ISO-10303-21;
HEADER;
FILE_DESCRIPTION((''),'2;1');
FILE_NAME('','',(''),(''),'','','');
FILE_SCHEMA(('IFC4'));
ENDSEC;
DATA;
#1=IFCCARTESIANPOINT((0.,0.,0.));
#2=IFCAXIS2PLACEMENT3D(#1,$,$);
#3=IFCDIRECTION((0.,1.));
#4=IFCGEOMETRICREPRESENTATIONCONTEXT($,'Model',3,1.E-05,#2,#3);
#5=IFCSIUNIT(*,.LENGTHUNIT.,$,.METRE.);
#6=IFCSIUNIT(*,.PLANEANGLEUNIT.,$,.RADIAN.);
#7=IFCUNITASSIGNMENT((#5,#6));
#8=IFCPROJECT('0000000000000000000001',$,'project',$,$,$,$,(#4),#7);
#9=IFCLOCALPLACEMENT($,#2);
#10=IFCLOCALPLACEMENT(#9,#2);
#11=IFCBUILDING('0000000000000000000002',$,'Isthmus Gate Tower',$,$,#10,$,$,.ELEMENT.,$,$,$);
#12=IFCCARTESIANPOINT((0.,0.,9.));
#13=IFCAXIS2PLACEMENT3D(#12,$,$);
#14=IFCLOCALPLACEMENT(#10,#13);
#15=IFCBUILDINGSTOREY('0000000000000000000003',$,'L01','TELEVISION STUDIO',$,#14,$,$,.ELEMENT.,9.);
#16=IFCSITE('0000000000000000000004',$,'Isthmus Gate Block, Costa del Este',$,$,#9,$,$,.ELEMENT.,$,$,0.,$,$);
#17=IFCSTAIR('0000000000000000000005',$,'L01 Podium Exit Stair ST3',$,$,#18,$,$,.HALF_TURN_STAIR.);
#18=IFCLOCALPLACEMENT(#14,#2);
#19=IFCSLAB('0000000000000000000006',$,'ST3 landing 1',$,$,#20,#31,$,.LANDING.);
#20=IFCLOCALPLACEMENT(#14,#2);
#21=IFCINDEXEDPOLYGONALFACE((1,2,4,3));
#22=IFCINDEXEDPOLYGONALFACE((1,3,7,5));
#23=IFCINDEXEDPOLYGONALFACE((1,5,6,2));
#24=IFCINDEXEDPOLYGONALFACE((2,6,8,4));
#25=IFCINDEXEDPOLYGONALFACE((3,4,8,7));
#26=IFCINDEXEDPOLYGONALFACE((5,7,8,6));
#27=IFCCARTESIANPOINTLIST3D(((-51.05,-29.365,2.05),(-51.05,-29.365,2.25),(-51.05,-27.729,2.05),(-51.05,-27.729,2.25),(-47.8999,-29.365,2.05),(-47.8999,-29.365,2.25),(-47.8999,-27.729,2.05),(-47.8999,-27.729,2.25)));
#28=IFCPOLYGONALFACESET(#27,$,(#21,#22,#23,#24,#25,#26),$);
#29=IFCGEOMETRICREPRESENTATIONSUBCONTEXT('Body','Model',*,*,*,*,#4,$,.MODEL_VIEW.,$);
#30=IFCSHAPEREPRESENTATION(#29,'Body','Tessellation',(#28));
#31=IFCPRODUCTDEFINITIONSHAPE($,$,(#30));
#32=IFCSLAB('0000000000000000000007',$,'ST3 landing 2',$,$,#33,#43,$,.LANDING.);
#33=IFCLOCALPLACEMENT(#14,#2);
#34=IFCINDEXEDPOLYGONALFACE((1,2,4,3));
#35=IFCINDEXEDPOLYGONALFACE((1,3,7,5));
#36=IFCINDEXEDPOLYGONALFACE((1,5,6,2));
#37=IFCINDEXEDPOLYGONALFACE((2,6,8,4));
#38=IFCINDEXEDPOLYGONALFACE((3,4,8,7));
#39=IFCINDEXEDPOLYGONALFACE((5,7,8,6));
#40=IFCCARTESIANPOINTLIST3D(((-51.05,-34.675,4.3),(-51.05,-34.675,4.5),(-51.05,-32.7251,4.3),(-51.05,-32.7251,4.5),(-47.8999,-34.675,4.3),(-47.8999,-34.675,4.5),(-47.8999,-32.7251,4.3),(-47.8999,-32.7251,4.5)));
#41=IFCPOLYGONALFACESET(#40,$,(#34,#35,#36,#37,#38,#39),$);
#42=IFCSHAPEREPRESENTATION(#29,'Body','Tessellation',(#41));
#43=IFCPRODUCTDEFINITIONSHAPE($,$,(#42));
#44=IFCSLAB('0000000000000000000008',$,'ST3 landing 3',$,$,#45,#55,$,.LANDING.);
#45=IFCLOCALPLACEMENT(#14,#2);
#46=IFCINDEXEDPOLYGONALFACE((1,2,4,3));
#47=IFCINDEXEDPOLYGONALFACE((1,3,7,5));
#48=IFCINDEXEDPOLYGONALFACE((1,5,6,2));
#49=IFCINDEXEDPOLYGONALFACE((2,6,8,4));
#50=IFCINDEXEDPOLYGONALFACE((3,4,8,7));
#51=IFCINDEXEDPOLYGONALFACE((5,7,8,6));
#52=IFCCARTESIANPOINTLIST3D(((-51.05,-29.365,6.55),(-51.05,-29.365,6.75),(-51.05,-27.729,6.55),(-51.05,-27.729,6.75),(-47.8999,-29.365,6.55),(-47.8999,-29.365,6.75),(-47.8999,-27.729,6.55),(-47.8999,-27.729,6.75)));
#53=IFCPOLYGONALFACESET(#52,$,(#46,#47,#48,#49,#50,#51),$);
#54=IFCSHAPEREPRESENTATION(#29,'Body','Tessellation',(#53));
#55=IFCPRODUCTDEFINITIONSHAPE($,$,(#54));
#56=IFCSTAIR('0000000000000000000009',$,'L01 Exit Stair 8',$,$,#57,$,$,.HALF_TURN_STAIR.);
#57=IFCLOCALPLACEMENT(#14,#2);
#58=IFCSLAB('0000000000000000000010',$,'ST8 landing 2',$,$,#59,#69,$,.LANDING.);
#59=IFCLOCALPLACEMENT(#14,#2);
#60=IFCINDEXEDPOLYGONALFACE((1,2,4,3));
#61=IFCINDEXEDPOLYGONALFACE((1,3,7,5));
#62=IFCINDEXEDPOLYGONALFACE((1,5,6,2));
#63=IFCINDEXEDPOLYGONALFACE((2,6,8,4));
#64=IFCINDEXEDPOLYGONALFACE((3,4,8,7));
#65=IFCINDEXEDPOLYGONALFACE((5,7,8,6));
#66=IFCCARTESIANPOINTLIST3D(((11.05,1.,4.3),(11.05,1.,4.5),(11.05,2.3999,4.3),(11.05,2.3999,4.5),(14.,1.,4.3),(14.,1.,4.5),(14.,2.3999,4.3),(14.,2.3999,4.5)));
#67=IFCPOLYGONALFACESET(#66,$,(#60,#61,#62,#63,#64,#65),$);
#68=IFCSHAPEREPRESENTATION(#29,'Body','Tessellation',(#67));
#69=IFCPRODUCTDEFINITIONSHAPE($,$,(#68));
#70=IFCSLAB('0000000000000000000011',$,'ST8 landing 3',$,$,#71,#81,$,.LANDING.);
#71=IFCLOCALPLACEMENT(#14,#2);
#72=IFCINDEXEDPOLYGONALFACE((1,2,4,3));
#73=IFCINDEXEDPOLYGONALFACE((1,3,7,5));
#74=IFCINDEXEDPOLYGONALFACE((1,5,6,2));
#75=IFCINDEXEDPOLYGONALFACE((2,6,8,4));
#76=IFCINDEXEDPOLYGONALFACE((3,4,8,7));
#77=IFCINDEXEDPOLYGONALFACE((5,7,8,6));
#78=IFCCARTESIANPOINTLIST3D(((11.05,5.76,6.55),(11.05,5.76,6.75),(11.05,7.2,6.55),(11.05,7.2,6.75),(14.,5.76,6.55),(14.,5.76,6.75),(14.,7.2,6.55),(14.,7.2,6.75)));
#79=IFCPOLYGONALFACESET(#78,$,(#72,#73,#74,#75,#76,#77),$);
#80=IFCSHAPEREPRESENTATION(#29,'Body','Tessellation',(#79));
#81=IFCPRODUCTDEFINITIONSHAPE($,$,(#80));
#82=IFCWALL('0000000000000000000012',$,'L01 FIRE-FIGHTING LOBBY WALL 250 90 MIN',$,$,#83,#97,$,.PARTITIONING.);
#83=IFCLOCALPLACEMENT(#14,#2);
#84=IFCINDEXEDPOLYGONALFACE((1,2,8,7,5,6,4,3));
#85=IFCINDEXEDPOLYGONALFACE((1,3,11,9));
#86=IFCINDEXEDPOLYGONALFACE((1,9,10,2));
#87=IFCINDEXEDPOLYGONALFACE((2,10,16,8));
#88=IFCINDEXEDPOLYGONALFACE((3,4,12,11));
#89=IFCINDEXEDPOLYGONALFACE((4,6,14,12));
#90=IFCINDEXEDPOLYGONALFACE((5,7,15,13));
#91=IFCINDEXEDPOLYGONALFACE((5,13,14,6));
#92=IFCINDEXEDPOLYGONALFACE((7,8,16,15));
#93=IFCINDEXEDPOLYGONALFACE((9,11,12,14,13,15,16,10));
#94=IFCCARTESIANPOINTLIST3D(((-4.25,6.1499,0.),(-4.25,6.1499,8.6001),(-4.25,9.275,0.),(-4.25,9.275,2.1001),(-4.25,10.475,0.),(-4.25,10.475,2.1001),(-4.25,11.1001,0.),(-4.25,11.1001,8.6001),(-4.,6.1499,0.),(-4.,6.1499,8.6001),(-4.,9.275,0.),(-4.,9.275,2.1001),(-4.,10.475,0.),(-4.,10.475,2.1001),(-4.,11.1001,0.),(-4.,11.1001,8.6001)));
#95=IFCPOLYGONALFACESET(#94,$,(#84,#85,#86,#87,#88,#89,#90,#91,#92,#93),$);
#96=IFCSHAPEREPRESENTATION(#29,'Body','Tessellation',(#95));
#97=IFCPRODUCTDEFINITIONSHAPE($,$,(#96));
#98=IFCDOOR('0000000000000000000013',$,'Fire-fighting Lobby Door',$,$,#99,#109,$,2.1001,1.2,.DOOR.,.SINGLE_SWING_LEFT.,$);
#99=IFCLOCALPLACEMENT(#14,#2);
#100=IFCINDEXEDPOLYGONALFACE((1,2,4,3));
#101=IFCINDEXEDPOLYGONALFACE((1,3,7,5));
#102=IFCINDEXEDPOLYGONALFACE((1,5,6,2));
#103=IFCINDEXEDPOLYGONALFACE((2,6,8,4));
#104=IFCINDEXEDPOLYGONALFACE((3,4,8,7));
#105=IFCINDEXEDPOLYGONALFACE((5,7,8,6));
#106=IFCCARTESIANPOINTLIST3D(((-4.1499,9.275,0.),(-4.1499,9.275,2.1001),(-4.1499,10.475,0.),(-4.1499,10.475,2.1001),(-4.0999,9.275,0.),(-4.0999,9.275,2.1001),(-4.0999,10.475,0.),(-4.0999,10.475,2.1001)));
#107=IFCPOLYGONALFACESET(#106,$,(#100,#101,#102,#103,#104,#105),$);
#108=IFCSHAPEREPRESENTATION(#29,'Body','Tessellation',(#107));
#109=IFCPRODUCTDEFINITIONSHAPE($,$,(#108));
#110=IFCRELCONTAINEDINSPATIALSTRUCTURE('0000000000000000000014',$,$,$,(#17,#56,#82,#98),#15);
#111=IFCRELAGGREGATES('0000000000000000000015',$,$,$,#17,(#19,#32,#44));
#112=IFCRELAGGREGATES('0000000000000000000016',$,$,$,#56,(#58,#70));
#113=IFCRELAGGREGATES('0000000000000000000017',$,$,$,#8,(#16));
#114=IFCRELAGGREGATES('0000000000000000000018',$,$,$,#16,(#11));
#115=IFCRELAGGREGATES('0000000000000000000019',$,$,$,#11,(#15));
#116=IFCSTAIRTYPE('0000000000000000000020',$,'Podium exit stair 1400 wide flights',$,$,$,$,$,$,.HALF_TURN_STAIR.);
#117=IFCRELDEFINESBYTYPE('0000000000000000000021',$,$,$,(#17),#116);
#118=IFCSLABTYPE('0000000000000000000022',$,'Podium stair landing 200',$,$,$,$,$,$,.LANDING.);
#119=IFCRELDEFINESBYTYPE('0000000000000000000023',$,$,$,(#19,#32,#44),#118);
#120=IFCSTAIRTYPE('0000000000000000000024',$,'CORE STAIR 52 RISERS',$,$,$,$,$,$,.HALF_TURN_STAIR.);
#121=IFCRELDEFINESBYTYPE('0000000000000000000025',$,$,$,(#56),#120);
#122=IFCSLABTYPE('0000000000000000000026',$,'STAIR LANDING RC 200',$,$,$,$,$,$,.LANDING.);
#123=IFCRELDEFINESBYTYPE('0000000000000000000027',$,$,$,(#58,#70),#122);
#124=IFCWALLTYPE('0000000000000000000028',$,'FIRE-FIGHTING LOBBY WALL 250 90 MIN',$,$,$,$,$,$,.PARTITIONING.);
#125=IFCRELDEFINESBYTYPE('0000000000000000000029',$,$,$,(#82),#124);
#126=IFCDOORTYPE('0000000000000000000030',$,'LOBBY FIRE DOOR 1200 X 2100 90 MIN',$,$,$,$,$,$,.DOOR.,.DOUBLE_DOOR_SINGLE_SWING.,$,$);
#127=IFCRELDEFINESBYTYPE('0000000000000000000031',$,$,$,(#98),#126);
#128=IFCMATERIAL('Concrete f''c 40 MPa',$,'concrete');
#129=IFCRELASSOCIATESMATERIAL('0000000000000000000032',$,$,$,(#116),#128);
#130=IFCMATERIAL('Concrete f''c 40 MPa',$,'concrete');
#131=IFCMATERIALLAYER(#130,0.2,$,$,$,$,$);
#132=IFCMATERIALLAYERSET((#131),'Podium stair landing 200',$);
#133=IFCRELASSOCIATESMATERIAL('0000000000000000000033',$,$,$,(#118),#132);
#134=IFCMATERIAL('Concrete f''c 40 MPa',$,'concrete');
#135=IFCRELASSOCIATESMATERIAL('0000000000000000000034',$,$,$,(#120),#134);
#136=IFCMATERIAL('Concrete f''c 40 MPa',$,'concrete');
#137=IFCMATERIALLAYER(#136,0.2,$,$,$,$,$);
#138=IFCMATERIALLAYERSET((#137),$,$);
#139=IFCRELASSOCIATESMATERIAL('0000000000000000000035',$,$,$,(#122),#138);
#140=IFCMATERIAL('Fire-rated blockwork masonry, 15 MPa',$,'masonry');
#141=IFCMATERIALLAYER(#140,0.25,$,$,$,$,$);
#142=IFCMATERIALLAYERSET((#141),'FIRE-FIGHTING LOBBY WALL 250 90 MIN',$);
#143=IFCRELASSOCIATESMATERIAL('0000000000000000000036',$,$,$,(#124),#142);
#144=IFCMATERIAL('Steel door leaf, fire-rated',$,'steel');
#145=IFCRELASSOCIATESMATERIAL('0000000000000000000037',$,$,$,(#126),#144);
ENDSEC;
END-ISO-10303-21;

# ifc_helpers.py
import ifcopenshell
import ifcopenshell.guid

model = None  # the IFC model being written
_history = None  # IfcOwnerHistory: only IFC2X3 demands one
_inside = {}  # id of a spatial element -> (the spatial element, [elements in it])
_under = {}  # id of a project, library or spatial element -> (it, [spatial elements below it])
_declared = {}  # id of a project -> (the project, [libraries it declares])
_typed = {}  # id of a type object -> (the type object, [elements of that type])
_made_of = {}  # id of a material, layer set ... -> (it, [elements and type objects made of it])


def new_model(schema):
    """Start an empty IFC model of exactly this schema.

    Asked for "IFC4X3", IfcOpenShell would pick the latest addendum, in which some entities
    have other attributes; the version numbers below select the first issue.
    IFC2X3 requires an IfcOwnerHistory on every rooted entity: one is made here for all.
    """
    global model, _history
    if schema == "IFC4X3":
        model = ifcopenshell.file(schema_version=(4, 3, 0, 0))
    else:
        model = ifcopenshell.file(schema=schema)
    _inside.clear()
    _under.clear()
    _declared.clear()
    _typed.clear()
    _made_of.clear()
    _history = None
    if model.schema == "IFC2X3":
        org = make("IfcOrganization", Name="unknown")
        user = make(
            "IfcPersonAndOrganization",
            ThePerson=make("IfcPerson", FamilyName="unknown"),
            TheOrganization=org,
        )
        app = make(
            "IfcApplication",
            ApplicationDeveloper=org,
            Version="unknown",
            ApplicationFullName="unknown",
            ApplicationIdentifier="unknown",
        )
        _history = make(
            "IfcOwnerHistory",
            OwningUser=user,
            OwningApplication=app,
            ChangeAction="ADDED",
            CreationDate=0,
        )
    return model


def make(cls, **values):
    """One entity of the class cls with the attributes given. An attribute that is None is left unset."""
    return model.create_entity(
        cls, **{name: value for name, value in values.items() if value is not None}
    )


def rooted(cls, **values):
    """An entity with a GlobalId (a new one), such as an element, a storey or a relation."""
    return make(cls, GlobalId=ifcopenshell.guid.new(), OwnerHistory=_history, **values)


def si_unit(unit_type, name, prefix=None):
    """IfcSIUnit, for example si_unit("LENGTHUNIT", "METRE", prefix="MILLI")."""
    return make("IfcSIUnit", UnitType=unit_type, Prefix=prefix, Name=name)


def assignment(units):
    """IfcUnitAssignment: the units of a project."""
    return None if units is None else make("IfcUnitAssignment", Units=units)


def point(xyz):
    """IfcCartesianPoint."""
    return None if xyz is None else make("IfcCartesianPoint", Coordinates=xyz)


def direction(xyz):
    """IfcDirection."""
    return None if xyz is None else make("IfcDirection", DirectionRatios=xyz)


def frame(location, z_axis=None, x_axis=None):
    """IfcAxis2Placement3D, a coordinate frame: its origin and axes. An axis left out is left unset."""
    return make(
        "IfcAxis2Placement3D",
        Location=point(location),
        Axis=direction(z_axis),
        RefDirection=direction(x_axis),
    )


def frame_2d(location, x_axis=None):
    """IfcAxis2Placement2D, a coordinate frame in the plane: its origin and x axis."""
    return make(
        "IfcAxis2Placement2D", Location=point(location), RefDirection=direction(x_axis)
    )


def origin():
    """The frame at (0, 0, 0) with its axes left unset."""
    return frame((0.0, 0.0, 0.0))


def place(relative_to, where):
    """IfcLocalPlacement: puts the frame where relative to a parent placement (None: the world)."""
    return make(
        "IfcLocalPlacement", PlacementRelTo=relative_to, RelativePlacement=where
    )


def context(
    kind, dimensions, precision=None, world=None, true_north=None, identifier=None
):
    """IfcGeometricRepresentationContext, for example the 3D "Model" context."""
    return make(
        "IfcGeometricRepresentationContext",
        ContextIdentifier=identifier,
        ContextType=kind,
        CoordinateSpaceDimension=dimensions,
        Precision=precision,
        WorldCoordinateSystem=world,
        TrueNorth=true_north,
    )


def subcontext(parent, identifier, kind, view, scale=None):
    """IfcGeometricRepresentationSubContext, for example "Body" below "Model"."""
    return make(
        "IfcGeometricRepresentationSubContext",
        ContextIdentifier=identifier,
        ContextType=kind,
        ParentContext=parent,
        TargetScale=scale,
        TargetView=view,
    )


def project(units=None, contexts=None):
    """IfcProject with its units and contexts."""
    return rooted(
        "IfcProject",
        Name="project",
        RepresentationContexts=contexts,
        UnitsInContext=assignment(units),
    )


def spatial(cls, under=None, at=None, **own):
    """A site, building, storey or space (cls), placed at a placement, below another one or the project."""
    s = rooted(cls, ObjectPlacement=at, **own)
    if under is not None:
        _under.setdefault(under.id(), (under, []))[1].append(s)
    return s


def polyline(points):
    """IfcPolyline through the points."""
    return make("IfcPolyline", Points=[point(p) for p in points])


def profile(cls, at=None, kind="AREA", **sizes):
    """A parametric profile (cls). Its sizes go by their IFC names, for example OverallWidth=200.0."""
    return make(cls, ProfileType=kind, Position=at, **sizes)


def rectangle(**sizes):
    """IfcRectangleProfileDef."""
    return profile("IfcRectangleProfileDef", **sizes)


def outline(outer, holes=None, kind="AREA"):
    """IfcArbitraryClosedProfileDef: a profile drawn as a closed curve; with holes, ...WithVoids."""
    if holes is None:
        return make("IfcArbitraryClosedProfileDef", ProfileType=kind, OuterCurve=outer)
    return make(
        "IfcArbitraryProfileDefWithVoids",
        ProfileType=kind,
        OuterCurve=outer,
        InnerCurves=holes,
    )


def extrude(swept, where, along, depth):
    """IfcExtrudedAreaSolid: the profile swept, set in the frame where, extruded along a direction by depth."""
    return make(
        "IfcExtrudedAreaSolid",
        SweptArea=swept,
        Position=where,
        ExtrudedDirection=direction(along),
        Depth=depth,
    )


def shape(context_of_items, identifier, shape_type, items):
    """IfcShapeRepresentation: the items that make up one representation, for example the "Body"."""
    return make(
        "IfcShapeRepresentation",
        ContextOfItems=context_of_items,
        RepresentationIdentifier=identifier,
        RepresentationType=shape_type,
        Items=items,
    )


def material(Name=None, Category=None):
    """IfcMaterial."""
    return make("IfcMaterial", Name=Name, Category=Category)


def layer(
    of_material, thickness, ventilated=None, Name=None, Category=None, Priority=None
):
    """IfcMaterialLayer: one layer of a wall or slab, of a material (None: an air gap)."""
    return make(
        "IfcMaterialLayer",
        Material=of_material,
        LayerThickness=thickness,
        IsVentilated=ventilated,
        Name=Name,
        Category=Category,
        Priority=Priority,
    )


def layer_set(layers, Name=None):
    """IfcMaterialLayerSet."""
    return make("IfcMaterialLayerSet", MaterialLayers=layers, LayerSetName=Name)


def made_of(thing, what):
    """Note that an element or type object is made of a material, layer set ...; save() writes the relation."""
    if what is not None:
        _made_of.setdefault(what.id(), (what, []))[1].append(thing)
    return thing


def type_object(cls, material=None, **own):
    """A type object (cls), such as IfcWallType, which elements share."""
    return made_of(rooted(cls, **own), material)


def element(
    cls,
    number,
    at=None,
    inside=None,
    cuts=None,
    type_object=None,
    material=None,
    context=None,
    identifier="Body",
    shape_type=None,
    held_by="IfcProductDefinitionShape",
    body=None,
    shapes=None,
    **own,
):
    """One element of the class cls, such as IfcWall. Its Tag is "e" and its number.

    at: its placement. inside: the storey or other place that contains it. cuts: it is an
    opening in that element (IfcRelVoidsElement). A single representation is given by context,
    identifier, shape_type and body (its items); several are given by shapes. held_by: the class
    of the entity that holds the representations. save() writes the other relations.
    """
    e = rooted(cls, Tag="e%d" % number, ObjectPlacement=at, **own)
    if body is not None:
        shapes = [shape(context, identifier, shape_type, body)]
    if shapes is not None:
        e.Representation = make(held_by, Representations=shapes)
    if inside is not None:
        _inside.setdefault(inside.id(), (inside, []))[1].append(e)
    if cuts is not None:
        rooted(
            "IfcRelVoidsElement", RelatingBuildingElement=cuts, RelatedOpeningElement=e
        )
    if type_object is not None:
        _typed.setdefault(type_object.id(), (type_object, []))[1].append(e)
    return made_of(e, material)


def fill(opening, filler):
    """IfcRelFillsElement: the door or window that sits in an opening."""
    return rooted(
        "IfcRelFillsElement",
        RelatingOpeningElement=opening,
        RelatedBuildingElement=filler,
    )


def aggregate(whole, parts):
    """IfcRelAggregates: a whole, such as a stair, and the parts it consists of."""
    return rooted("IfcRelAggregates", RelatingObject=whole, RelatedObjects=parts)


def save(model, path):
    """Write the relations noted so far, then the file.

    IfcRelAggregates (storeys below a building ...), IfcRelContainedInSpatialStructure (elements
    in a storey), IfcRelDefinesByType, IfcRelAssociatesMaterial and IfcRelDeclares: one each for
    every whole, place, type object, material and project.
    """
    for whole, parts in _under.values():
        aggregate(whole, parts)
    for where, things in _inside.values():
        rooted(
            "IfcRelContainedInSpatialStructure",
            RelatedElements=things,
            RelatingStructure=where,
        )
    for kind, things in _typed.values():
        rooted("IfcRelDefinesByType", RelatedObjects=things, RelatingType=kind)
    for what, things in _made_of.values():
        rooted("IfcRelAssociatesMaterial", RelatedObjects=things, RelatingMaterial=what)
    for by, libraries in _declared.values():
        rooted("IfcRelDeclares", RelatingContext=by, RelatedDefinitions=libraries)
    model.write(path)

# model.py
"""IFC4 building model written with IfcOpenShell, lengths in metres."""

from ifc_helpers import new_model, si_unit, direction, frame, frame_2d, origin, place, context, subcontext, project, spatial, polyline, rectangle, outline, extrude, material, layer, layer_set, type_object, element, fill, aggregate, save


model = new_model("IFC4")

# Units and contexts
model_context = context("Model", 3, precision=1e-05, world=origin(), true_north=direction((0.0, 1.0)))
body_context = subcontext(model_context, "Body", "Model", "MODEL_VIEW")
ifc_project = project(units=[si_unit("LENGTHUNIT", "METRE"), si_unit("PLANEANGLEUNIT", "RADIAN")], contexts=[model_context])

# Site, building, storey
site_placement = place(None, origin())
site = spatial("IfcSite", under=ifc_project, at=site_placement, Name="Isthmus Gate Block, Costa del Este", CompositionType="ELEMENT", RefElevation=0.0)
building_placement = place(site_placement, origin())
building = spatial("IfcBuilding", under=site, at=building_placement, Name="Isthmus Gate Tower", CompositionType="ELEMENT")
storey_placement = place(building_placement, frame((0.0, 0.0, 9.0)))
storey = spatial("IfcBuildingStorey", under=building, at=storey_placement, Name="L01", Description="TELEVISION STUDIO", CompositionType="ELEMENT", Elevation=9.0)

# Stairs, slabs
ifc_material_1 = material(Name="Concrete f'c 40 MPa", Category="concrete")
stair_type_1 = type_object("IfcStairType", Name="Podium exit stair 1400 wide flights", PredefinedType="HALF_TURN_STAIR", material=ifc_material_1)
stair_1_placement = place(storey_placement, origin())
stair_1 = element("IfcStair", 1, at=stair_1_placement, inside=storey, type_object=stair_type_1, Name="L01 Podium Exit Stair ST3", PredefinedType="HALF_TURN_STAIR")
ifc_material_2 = material(Name="Concrete f'c 40 MPa", Category="concrete")
ifc_layer_1 = layer(ifc_material_2, 0.2)
ifc_layer_set_1 = layer_set([ifc_layer_1], Name="Podium stair landing 200")
slab_type_1 = type_object("IfcSlabType", Name="Podium stair landing 200", PredefinedType="LANDING", material=ifc_layer_set_1)
slab_1_placement = place(storey_placement, frame((0.0, 0.0, 2.05)))
slab_1 = element("IfcSlab", 2, at=slab_1_placement, type_object=slab_type_1, Name="ST3 landing 1", PredefinedType="LANDING", context=body_context, shape_type="SweptSolid", body=[
    extrude(outline(polyline([(-47.8999, -29.365), (-47.8999, -27.729), (-51.05, -27.729), (-51.05, -29.365), (-47.8999, -29.365)])), origin(), (0.0, 0.0, 1.0), 0.2),
])
slab_2_placement = place(storey_placement, frame((0.0, 0.0, 4.3)))
slab_2 = element("IfcSlab", 3, at=slab_2_placement, type_object=slab_type_1, Name="ST3 landing 2", PredefinedType="LANDING", context=body_context, shape_type="SweptSolid", body=[
    extrude(outline(polyline([(-47.8999, -34.675), (-47.8999, -32.7251), (-51.05, -32.7251), (-51.05, -34.675), (-47.8999, -34.675)])), origin(), (0.0, 0.0, 1.0), 0.2),
])
slab_3_placement = place(storey_placement, frame((0.0, 0.0, 6.55)))
slab_3 = element("IfcSlab", 4, at=slab_3_placement, type_object=slab_type_1, Name="ST3 landing 3", PredefinedType="LANDING", context=body_context, shape_type="SweptSolid", body=[
    extrude(outline(polyline([(-47.8999, -29.365), (-47.8999, -27.729), (-51.05, -27.729), (-51.05, -29.365), (-47.8999, -29.365)])), origin(), (0.0, 0.0, 1.0), 0.2),
])
aggregate(stair_1, [slab_1, slab_2, slab_3])
ifc_material_3 = material(Name="Concrete f'c 40 MPa", Category="concrete")
stair_type_2 = type_object("IfcStairType", Name="CORE STAIR 52 RISERS", PredefinedType="HALF_TURN_STAIR", material=ifc_material_3)
stair_2_placement = place(storey_placement, origin())
stair_2 = element("IfcStair", 5, at=stair_2_placement, inside=storey, type_object=stair_type_2, Name="L01 Exit Stair 8", PredefinedType="HALF_TURN_STAIR")
ifc_material_4 = material(Name="Concrete f'c 40 MPa", Category="concrete")
ifc_layer_2 = layer(ifc_material_4, 0.2)
ifc_layer_set_2 = layer_set([ifc_layer_2])
slab_type_2 = type_object("IfcSlabType", Name="STAIR LANDING RC 200", PredefinedType="LANDING", material=ifc_layer_set_2)
slab_4_placement = place(storey_placement, frame((0.0, 0.0, 4.3)))
slab_4 = element("IfcSlab", 6, at=slab_4_placement, type_object=slab_type_2, Name="ST8 landing 2", PredefinedType="LANDING", context=body_context, shape_type="SweptSolid", body=[
    extrude(outline(polyline([(14.0, 1.0), (14.0, 2.3999), (11.05, 2.3999), (11.05, 1.0), (14.0, 1.0)])), origin(), (0.0, 0.0, 1.0), 0.2),
])
slab_5_placement = place(storey_placement, frame((0.0, 0.0, 6.55)))
slab_5 = element("IfcSlab", 7, at=slab_5_placement, type_object=slab_type_2, Name="ST8 landing 3", PredefinedType="LANDING", context=body_context, shape_type="SweptSolid", body=[
    extrude(outline(polyline([(14.0, 5.76), (14.0, 7.2), (11.05, 7.2), (11.05, 5.76), (14.0, 5.76)])), origin(), (0.0, 0.0, 1.0), 0.2),
])
aggregate(stair_2, [slab_4, slab_5])

# Wall, opening, door
ifc_material_5 = material(Name="Fire-rated blockwork masonry, 15 MPa", Category="masonry")
ifc_layer_3 = layer(ifc_material_5, 0.25)
ifc_layer_set_3 = layer_set([ifc_layer_3], Name="FIRE-FIGHTING LOBBY WALL 250 90 MIN")
wall_type_1 = type_object("IfcWallType", Name="FIRE-FIGHTING LOBBY WALL 250 90 MIN", PredefinedType="PARTITIONING", material=ifc_layer_set_3)
wall_1_placement = place(storey_placement, frame((-4.125, 6.1499, 0.0), z_axis=(0.0, 0.0, 1.0), x_axis=(0.0, 1.0, 0.0)))
wall_1 = element("IfcWall", 8, at=wall_1_placement, inside=storey, type_object=wall_type_1, Name="L01 FIRE-FIGHTING LOBBY WALL 250 90 MIN", PredefinedType="PARTITIONING", context=body_context, shape_type="SweptSolid", body=[
    extrude(rectangle(XDim=4.9502, YDim=0.25, at=frame_2d((2.4751, 0.0))), origin(), (0.0, 0.0, 1.0), 8.6001),
])
opening_1_placement = place(wall_1_placement, frame((3.125, 0.0, 0.0)))
opening_1 = element("IfcOpeningElement", 9, at=opening_1_placement, cuts=wall_1, PredefinedType="OPENING", context=body_context, shape_type="SweptSolid", body=[
    extrude(rectangle(XDim=1.2, YDim=2.1001, at=frame_2d((0.6001, 1.05))), frame((0.0, 0.135, 0.0), z_axis=(0.0, -1.0, 0.0), x_axis=(1.0, 0.0, 0.0)), (0.0, 0.0, 1.0), 0.27),
])
ifc_material_6 = material(Name="Steel door leaf, fire-rated", Category="steel")
door_type_1 = type_object("IfcDoorType", Name="LOBBY FIRE DOOR 1200 X 2100 90 MIN", OperationType="DOUBLE_DOOR_SINGLE_SWING", PredefinedType="DOOR", material=ifc_material_6)
door_1_placement = place(opening_1_placement, origin())
door_1 = element("IfcDoor", 10, at=door_1_placement, inside=storey, type_object=door_type_1, Name="Fire-fighting Lobby Door", OperationType="SINGLE_SWING_LEFT", OverallHeight=2.1001, OverallWidth=1.2, PredefinedType="DOOR", context=body_context, shape_type="SweptSolid", body=[
    extrude(rectangle(XDim=1.2, YDim=2.1001, at=frame_2d((0.6001, 1.05))), frame((0.0, 0.0249, 0.0), z_axis=(0.0, -1.0, 0.0), x_axis=(1.0, 0.0, 0.0)), (0.0, 0.0, 1.0), 0.05),
])
fill(opening_1, door_1)

save(model, "model.ifc")
